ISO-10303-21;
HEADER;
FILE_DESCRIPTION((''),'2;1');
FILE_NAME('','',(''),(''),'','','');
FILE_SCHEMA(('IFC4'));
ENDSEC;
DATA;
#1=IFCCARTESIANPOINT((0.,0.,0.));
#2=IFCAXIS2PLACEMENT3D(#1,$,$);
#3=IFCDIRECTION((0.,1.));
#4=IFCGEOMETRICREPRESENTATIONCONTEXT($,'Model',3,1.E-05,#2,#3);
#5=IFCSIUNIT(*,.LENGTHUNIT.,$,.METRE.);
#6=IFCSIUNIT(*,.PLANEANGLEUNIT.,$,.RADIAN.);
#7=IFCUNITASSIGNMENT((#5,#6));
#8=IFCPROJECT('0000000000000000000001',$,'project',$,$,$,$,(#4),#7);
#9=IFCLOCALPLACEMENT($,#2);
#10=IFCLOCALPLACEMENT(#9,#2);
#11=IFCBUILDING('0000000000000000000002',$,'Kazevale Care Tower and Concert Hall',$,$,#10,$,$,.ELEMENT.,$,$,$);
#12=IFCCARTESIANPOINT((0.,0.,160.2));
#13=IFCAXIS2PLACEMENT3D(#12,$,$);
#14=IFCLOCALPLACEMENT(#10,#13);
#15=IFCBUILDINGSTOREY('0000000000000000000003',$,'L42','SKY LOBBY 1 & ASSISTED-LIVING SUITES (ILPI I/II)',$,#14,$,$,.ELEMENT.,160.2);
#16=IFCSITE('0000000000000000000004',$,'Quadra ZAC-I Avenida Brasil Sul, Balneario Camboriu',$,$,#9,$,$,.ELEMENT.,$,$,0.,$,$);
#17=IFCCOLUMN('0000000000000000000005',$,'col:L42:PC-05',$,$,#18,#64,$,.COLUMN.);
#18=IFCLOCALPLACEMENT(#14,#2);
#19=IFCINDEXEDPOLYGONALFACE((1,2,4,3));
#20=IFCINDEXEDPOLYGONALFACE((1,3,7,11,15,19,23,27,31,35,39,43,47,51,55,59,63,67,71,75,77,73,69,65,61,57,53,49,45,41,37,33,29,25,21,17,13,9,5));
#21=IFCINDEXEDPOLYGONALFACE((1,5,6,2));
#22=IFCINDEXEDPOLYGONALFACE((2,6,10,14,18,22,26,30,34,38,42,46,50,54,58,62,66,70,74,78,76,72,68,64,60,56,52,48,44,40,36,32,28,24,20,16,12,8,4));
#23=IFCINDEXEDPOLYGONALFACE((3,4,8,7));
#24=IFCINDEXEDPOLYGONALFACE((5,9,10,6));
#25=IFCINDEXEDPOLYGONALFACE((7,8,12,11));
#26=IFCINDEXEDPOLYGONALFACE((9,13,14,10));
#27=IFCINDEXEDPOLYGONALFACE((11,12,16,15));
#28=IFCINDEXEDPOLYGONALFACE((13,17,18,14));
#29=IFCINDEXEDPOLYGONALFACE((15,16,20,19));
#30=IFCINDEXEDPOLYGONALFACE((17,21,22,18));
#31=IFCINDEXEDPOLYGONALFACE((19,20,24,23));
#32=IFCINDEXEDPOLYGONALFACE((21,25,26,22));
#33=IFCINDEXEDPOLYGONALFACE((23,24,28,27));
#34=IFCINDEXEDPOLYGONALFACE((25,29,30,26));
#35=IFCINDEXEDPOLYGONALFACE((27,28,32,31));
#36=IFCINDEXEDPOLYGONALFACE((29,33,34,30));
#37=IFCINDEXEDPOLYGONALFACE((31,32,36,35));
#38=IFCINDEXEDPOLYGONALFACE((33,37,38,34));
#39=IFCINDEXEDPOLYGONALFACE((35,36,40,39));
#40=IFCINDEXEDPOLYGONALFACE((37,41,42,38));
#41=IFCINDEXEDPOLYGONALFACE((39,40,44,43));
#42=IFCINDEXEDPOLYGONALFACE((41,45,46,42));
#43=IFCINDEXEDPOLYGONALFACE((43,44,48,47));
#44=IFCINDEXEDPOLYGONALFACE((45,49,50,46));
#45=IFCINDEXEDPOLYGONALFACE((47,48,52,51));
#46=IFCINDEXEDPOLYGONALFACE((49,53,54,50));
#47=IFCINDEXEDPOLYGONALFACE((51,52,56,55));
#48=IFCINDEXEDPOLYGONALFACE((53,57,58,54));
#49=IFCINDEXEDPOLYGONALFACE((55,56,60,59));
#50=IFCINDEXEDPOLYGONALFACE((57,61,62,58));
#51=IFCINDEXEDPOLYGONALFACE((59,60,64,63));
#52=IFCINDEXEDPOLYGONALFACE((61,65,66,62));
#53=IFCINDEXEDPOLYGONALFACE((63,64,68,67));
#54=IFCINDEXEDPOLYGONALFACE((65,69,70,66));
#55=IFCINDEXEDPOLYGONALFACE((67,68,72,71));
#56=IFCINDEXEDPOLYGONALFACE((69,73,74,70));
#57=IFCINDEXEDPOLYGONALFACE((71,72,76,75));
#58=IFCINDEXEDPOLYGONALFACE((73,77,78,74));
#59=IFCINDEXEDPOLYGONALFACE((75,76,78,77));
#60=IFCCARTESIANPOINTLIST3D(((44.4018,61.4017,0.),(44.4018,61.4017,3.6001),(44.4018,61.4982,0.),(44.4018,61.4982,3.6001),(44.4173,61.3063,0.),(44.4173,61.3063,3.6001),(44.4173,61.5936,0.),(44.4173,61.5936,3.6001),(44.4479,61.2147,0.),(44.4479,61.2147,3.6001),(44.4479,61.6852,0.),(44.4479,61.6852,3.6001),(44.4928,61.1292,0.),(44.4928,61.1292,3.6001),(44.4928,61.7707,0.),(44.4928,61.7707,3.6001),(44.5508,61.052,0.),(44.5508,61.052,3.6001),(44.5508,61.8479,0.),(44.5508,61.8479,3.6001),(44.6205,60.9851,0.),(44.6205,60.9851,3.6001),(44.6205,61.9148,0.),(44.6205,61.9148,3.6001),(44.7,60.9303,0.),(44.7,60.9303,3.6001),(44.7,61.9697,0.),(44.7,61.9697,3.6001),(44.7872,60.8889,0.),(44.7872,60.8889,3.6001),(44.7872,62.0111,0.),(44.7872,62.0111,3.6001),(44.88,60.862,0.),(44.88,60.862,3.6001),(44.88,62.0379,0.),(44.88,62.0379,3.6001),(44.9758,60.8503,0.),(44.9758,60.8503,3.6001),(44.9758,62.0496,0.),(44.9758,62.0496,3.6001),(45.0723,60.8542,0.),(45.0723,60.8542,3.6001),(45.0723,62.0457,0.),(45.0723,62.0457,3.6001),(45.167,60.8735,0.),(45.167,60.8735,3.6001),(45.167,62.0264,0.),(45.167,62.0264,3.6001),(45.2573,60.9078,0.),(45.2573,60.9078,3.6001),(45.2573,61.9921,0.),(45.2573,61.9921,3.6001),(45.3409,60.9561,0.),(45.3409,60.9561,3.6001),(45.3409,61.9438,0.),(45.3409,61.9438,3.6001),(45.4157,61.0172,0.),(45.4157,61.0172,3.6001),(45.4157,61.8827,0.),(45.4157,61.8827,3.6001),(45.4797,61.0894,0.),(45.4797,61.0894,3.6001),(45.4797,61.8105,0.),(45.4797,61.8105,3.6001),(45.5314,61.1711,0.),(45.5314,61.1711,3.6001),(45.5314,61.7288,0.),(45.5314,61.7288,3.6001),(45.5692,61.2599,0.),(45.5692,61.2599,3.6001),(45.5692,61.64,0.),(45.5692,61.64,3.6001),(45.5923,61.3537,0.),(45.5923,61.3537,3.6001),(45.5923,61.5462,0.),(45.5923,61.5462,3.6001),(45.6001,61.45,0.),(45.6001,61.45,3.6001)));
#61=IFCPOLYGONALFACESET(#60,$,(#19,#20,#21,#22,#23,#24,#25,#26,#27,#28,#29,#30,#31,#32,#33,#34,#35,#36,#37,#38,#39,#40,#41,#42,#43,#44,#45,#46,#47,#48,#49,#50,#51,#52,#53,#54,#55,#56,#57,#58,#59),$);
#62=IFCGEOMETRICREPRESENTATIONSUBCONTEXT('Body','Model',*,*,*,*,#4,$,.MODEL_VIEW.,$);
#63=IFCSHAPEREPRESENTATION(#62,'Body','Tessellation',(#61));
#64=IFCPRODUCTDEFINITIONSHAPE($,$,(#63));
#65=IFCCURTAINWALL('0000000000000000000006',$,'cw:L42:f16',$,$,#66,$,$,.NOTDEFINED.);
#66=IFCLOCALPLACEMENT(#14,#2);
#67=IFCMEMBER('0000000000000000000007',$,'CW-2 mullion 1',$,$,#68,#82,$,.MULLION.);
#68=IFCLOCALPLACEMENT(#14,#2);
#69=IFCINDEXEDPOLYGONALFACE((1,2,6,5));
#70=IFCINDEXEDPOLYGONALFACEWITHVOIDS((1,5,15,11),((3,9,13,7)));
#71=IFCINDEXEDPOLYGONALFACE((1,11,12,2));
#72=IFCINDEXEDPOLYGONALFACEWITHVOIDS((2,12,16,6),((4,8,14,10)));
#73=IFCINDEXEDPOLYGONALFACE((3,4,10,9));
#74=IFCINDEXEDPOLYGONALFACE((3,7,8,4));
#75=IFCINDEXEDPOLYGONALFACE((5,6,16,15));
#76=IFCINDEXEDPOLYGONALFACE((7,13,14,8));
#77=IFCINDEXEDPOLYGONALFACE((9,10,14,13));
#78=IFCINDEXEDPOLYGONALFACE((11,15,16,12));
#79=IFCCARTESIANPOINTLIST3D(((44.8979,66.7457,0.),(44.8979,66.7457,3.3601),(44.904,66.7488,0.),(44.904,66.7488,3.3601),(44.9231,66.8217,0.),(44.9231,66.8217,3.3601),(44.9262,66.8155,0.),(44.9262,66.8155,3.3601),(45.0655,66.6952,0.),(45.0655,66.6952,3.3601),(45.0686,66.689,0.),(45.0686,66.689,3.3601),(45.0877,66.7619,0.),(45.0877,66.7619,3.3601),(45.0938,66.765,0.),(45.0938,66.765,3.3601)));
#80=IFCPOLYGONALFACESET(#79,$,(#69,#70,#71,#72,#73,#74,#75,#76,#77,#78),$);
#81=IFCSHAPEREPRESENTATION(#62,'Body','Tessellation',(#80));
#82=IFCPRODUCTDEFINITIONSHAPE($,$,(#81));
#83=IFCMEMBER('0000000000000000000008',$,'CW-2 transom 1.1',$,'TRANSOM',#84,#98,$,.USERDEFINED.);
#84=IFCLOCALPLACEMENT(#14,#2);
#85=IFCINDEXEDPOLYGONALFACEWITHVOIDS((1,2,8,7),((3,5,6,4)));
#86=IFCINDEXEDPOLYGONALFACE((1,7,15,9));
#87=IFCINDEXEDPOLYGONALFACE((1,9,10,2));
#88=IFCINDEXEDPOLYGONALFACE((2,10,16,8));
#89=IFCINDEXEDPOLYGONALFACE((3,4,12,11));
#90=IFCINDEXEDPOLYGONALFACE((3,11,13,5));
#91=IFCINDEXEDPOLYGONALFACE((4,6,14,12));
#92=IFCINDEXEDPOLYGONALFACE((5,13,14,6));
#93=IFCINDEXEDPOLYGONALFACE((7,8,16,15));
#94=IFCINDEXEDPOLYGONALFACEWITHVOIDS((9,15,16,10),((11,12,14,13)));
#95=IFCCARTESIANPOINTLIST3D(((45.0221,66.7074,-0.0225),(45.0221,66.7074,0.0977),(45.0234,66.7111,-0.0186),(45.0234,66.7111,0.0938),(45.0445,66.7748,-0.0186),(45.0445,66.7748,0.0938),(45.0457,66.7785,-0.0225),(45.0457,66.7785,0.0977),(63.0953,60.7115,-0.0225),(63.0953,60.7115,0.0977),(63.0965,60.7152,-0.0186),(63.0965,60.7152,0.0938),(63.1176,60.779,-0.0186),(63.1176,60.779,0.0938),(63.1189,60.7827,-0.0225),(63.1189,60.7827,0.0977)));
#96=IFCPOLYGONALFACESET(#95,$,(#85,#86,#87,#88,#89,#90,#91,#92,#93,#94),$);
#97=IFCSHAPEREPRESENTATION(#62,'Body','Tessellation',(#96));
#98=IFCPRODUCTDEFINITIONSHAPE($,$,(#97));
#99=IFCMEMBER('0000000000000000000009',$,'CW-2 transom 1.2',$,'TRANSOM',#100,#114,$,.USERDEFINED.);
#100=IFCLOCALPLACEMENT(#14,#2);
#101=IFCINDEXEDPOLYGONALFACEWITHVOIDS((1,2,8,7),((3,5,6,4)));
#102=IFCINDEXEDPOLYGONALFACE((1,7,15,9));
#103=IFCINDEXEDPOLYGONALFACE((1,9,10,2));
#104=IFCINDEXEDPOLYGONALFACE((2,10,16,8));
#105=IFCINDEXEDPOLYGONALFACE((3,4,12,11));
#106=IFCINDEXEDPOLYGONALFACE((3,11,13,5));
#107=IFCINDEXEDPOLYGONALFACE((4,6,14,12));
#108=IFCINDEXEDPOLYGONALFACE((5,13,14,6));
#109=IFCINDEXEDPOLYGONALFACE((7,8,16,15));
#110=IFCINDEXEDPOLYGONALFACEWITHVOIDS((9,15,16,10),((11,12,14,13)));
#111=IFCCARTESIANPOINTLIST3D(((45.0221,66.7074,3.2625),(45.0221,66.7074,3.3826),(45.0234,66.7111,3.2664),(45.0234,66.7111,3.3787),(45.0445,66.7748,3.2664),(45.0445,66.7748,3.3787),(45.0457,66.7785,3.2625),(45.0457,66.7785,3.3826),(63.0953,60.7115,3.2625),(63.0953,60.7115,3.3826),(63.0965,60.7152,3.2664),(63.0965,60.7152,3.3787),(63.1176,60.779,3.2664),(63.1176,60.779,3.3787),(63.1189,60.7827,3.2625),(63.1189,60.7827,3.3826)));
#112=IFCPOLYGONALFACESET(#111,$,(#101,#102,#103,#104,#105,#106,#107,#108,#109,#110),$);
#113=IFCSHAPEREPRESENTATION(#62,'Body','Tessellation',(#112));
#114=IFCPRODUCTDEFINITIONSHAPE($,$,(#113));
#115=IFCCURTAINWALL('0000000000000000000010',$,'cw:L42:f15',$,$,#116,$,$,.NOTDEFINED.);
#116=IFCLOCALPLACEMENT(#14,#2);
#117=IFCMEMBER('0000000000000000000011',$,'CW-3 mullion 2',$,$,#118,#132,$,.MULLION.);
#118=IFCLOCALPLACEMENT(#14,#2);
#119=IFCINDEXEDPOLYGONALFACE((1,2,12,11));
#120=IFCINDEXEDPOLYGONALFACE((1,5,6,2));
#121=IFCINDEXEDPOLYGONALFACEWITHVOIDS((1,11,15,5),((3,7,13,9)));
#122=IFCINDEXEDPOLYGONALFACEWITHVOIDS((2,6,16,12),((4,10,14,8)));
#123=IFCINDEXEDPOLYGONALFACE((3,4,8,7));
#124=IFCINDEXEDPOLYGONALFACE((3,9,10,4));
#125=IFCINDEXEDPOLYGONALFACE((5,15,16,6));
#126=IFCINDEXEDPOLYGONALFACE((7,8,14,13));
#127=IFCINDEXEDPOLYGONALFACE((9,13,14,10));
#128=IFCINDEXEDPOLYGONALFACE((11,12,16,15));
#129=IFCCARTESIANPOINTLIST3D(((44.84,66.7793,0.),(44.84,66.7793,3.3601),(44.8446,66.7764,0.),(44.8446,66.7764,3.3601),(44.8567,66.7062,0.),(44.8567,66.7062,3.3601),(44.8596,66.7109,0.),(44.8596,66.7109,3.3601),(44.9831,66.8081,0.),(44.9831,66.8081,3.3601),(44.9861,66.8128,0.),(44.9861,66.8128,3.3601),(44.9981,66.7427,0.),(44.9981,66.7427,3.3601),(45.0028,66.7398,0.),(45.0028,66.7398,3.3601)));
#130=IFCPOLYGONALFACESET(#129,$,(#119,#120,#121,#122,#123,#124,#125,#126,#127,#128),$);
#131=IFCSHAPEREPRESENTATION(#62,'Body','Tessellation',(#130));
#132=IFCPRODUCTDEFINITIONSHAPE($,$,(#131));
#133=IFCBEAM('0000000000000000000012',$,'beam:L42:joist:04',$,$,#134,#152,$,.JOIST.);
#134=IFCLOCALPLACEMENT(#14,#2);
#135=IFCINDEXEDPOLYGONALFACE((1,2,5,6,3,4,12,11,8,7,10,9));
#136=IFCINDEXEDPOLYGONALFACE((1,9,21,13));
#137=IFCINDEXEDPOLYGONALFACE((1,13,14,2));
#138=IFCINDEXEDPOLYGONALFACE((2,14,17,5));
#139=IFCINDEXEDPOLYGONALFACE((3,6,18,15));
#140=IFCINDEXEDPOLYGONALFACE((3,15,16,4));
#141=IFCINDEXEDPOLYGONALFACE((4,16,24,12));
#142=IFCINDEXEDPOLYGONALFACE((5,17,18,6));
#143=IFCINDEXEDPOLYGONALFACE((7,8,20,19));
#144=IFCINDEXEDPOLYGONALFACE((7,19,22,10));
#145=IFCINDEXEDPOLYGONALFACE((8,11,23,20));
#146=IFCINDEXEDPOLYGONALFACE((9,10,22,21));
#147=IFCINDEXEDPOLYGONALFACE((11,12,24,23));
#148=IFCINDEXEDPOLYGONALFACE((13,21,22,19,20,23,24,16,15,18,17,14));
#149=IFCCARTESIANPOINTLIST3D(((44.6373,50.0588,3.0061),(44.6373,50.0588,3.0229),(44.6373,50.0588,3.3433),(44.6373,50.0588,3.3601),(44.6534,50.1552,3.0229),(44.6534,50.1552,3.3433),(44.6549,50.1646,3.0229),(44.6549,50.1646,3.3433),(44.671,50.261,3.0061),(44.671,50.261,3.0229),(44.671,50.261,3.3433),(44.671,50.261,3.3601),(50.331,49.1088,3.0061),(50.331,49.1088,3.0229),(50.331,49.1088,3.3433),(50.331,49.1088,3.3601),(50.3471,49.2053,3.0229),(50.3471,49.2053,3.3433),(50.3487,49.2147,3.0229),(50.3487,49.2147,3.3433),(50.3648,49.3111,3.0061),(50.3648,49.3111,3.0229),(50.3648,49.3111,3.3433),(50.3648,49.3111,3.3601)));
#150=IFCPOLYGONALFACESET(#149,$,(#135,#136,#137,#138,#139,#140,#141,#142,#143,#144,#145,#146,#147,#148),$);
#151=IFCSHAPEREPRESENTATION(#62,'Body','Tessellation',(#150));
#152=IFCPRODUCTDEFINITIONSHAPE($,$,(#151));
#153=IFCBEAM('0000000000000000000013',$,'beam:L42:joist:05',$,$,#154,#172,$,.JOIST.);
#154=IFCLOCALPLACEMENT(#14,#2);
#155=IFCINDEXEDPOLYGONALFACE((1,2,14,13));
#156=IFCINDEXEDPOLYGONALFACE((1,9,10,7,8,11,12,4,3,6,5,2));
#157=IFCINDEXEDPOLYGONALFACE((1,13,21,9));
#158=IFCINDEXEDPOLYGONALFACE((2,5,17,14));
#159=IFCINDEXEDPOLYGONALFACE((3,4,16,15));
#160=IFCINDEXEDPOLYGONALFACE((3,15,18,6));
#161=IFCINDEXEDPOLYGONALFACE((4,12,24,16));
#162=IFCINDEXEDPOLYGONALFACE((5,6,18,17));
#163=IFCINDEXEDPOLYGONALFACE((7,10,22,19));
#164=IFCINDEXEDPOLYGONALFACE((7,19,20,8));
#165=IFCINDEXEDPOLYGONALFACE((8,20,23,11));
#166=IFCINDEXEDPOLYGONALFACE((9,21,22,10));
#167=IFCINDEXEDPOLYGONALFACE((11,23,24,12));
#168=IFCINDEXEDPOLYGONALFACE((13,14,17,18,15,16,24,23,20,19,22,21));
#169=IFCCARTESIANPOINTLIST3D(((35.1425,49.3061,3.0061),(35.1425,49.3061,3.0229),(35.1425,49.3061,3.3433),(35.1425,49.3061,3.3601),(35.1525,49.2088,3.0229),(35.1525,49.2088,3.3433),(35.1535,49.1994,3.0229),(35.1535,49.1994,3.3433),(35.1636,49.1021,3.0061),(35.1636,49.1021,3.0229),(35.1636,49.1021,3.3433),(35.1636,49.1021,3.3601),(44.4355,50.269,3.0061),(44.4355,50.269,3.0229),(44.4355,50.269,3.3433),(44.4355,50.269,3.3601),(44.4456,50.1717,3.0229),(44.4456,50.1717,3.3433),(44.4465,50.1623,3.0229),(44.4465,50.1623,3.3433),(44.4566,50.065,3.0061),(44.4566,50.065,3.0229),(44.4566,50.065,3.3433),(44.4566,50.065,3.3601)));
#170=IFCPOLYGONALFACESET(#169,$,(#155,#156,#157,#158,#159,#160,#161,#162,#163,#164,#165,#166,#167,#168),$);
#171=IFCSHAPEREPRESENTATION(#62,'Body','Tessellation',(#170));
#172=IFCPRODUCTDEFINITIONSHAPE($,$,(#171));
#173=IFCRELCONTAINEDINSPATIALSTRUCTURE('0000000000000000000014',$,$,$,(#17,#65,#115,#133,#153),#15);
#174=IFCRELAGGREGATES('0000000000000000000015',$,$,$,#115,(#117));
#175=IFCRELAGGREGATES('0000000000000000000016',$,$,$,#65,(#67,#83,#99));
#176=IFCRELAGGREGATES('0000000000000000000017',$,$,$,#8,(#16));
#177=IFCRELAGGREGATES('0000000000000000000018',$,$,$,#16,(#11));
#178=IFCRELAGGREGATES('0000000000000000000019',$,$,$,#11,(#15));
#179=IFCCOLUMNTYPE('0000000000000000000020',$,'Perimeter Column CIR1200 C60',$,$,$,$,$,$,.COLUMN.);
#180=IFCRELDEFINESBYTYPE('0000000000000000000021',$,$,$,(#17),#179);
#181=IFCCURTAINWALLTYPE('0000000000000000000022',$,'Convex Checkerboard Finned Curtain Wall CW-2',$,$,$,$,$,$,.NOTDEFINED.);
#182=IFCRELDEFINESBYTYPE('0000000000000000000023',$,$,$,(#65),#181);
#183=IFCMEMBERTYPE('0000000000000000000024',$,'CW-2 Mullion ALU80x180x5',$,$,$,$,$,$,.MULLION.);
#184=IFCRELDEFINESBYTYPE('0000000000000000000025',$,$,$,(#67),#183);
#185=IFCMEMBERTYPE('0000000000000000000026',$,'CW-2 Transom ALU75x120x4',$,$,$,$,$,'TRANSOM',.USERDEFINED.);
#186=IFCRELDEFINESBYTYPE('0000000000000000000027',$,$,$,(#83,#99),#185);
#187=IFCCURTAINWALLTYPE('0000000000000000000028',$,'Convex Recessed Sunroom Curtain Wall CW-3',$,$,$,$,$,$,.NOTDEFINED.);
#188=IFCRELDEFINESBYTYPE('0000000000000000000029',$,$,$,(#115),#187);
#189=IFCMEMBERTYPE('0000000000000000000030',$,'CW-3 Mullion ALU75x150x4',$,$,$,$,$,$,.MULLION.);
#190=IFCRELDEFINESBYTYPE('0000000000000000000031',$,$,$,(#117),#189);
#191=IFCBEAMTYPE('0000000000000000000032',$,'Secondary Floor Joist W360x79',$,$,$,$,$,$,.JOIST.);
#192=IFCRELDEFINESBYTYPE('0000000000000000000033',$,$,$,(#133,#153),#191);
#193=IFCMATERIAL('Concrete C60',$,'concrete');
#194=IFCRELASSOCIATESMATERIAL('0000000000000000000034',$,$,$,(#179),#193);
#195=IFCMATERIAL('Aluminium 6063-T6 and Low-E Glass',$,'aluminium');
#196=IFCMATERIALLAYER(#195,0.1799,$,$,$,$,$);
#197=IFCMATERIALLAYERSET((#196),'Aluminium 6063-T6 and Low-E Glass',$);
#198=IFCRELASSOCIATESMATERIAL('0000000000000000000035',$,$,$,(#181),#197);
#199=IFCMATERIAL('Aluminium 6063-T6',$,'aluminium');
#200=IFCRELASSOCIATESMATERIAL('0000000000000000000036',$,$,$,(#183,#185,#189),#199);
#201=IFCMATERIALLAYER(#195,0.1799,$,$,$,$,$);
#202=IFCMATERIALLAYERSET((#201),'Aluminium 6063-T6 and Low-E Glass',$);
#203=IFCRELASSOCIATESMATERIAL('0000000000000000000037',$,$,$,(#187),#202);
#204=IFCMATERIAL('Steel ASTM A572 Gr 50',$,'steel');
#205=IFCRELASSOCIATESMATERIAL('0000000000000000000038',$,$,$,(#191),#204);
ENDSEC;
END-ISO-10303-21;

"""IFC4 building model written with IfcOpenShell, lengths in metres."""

from ifc_helpers import new_model, si_unit, direction, frame, origin, origin_2d, place, context, subcontext, project, spatial, hollow_rectangle, circle, i_section, extrude, material, layer, layer_set, material_profile, profile_set, type_object, element, aggregate, save


model = new_model("IFC4")

# Units and contexts
model_context = context("Model", 3, precision=1e-05, world=origin(), true_north=direction((0.0, 1.0)))
body_context = subcontext(model_context, "Body", "Model", "MODEL_VIEW")
ifc_project = project(units=[si_unit("LENGTHUNIT", "METRE"), si_unit("PLANEANGLEUNIT", "RADIAN")], contexts=[model_context])

# Site, building, storey
site_placement = place(None, origin())
site = spatial("IfcSite", under=ifc_project, at=site_placement, Name="Quadra ZAC-I Avenida Brasil Sul, Balneario Camboriu", CompositionType="ELEMENT", RefElevation=0.0)
building_placement = place(site_placement, origin())
building = spatial("IfcBuilding", under=site, at=building_placement, Name="Kazevale Care Tower and Concert Hall", CompositionType="ELEMENT")
storey_placement = place(building_placement, frame((0.0, 0.0, 160.2)))
storey = spatial("IfcBuildingStorey", under=building, at=storey_placement, Name="L42", Description="SKY LOBBY 1 & ASSISTED-LIVING SUITES (ILPI I/II)", CompositionType="ELEMENT", Elevation=160.2)

# Column
ifc_material_1 = material(Name="Concrete C60", Category="concrete")
ifc_material_profile_1 = material_profile(ifc_material_1, circle(Radius=0.6001, at=origin_2d()), Name="RC-CIR1200")
ifc_profile_set_1 = profile_set([ifc_material_profile_1], Name="Concrete C60")
column_type = type_object("IfcColumnType", Name="Perimeter Column CIR1200 C60", PredefinedType="COLUMN", material=ifc_profile_set_1)
column_placement = place(storey_placement, frame((45.0, 61.45, 0.0), z_axis=(0.0, 0.0, 1.0), x_axis=(1.0, 0.0, 0.0)))
element("IfcColumn", 1, at=column_placement, inside=storey, type_object=column_type, Name="col:L42:PC-05", PredefinedType="COLUMN", context=body_context, shape_type="SweptSolid", body=[
    extrude(circle(Radius=0.6001, at=origin_2d()), origin(), (0.0, 0.0, 1.0), 3.6001),
])

# Curtain wall, members
ifc_material_2 = material(Name="Aluminium 6063-T6 and Low-E Glass", Category="aluminium")
ifc_layer_1 = layer(ifc_material_2, 0.1799)
ifc_layer_set_1 = layer_set([ifc_layer_1], Name="Aluminium 6063-T6 and Low-E Glass")
curtain_wall_type_1 = type_object("IfcCurtainWallType", Name="Convex Checkerboard Finned Curtain Wall CW-2", PredefinedType="NOTDEFINED", material=ifc_layer_set_1)
curtain_wall_1_placement = place(storey_placement, origin())
curtain_wall_1 = element("IfcCurtainWall", 2, at=curtain_wall_1_placement, inside=storey, type_object=curtain_wall_type_1, Name="cw:L42:f16", PredefinedType="NOTDEFINED")
ifc_material_3 = material(Name="Aluminium 6063-T6", Category="aluminium")
ifc_material_profile_2 = material_profile(ifc_material_3, hollow_rectangle(XDim=0.0801, YDim=0.1799, WallThickness=0.0049, at=origin_2d()), Name="ALU80x180x5")
ifc_profile_set_2 = profile_set([ifc_material_profile_2], Name="Aluminium 6063-T6")
member_type_1 = type_object("IfcMemberType", Name="CW-2 Mullion ALU80x180x5", PredefinedType="MULLION", material=ifc_profile_set_2)
member_1_placement = place(storey_placement, frame((44.9958, 66.7554, 0.0), z_axis=(0.0, 0.0, 1.0), x_axis=(0.314868, 0.949135, 0.0)))
member_1 = element("IfcMember", 3, at=member_1_placement, type_object=member_type_1, Name="CW-2 mullion 1", PredefinedType="MULLION", context=body_context, shape_type="SweptSolid", body=[
    extrude(hollow_rectangle(XDim=0.0801, YDim=0.1799, WallThickness=0.0049, at=origin_2d()), origin(), (0.0, 0.0, 1.0), 3.3601),
])
ifc_material_profile_3 = material_profile(ifc_material_3, hollow_rectangle(XDim=0.075, YDim=0.1201, WallThickness=0.0039, at=origin_2d()), Name="ALU75x120x4")
ifc_profile_set_3 = profile_set([ifc_material_profile_3], Name="Aluminium 6063-T6")
member_type_2 = type_object("IfcMemberType", Name="CW-2 Transom ALU75x120x4", ElementType="TRANSOM", PredefinedType="USERDEFINED", material=ifc_profile_set_3)
member_2_placement = place(storey_placement, frame((45.0339, 66.7429, 0.0376), z_axis=(0.949132, -0.314877, 0.0), x_axis=(0.314877, 0.949132, 0.0)))
member_2 = element("IfcMember", 4, at=member_2_placement, type_object=member_type_2, Name="CW-2 transom 1.1", ObjectType="TRANSOM", PredefinedType="USERDEFINED", context=body_context, shape_type="SweptSolid", body=[
    extrude(hollow_rectangle(XDim=0.075, YDim=0.1201, WallThickness=0.0039, at=origin_2d()), origin(), (0.0, 0.0, 1.0), 19.0417),
])
member_3_placement = place(storey_placement, frame((45.0339, 66.7429, 3.3225), z_axis=(0.949132, -0.314877, 0.0), x_axis=(0.314877, 0.949132, 0.0)))
member_3 = element("IfcMember", 5, at=member_3_placement, type_object=member_type_2, Name="CW-2 transom 1.2", ObjectType="TRANSOM", PredefinedType="USERDEFINED", context=body_context, shape_type="SweptSolid", body=[
    extrude(hollow_rectangle(XDim=0.075, YDim=0.1201, WallThickness=0.0039, at=origin_2d()), origin(), (0.0, 0.0, 1.0), 19.0417),
])

# Curtain wall, member
ifc_layer_2 = layer(ifc_material_2, 0.1799)
ifc_layer_set_2 = layer_set([ifc_layer_2], Name="Aluminium 6063-T6 and Low-E Glass")
curtain_wall_type_2 = type_object("IfcCurtainWallType", Name="Convex Recessed Sunroom Curtain Wall CW-3", PredefinedType="NOTDEFINED", material=ifc_layer_set_2)
curtain_wall_2_placement = place(storey_placement, origin())
curtain_wall_2 = element("IfcCurtainWall", 6, at=curtain_wall_2_placement, inside=storey, type_object=curtain_wall_type_2, Name="cw:L42:f15", PredefinedType="NOTDEFINED")
ifc_material_profile_4 = material_profile(ifc_material_3, hollow_rectangle(XDim=0.075, YDim=0.1499, WallThickness=0.0039, at=origin_2d()), Name="ALU75x150x4")
ifc_profile_set_4 = profile_set([ifc_material_profile_4], Name="Aluminium 6063-T6")
member_type_3 = type_object("IfcMemberType", Name="CW-3 Mullion ALU75x150x4", PredefinedType="MULLION", material=ifc_profile_set_4)
member_4_placement = place(storey_placement, frame((44.9214, 66.7595, 0.0), z_axis=(0.0, 0.0, 1.0), x_axis=(-0.223567, 0.974688, 0.0)))
member_4 = element("IfcMember", 7, at=member_4_placement, type_object=member_type_3, Name="CW-3 mullion 2", PredefinedType="MULLION", context=body_context, shape_type="SweptSolid", body=[
    extrude(hollow_rectangle(XDim=0.075, YDim=0.1499, WallThickness=0.0039, at=origin_2d()), origin(), (0.0, 0.0, 1.0), 3.3601),
])
aggregate(curtain_wall_2, [member_4])

# Beams
ifc_material_4 = material(Name="Steel ASTM A572 Gr 50", Category="steel")
ifc_material_profile_5 = material_profile(ifc_material_4, i_section(OverallWidth=0.2051, OverallDepth=0.354, WebThickness=0.0095, FlangeThickness=0.0168, at=origin_2d()), Name="W360x79")
ifc_profile_set_5 = profile_set([ifc_material_profile_5], Name="Steel ASTM A572 Gr 50")
beam_type_1 = type_object("IfcBeamType", Name="Secondary Floor Joist W360x79", PredefinedType="JOIST", material=ifc_profile_set_5)
beam_1_placement = place(storey_placement, frame((50.3479, 49.21, 3.1831), z_axis=(-0.986366, 0.164564, 0.0), x_axis=(-0.164564, -0.986366, 0.0)))
element("IfcBeam", 8, at=beam_1_placement, inside=storey, type_object=beam_type_1, Name="beam:L42:joist:04", PredefinedType="JOIST", context=body_context, shape_type="SweptSolid", body=[
    extrude(i_section(OverallWidth=0.2051, OverallDepth=0.354, WebThickness=0.0095, FlangeThickness=0.0168, at=origin_2d()), origin(), (0.0, 0.0, 1.0), 5.7725),
])
beam_2_placement = place(storey_placement, frame((44.446, 50.167, 3.1831), z_axis=(-0.994675, -0.103063, 0.0), x_axis=(0.103063, -0.994675, 0.0)))
element("IfcBeam", 9, at=beam_2_placement, inside=storey, type_object=beam_type_1, Name="beam:L42:joist:05", PredefinedType="JOIST", context=body_context, shape_type="SweptSolid", body=[
    extrude(i_section(OverallWidth=0.2051, OverallDepth=0.354, WebThickness=0.0095, FlangeThickness=0.0168, at=origin_2d()), origin(), (0.0, 0.0, 1.0), 9.3428),
])

aggregate(curtain_wall_1, [member_1, member_2, member_3])

save(model, "model.ifc")
